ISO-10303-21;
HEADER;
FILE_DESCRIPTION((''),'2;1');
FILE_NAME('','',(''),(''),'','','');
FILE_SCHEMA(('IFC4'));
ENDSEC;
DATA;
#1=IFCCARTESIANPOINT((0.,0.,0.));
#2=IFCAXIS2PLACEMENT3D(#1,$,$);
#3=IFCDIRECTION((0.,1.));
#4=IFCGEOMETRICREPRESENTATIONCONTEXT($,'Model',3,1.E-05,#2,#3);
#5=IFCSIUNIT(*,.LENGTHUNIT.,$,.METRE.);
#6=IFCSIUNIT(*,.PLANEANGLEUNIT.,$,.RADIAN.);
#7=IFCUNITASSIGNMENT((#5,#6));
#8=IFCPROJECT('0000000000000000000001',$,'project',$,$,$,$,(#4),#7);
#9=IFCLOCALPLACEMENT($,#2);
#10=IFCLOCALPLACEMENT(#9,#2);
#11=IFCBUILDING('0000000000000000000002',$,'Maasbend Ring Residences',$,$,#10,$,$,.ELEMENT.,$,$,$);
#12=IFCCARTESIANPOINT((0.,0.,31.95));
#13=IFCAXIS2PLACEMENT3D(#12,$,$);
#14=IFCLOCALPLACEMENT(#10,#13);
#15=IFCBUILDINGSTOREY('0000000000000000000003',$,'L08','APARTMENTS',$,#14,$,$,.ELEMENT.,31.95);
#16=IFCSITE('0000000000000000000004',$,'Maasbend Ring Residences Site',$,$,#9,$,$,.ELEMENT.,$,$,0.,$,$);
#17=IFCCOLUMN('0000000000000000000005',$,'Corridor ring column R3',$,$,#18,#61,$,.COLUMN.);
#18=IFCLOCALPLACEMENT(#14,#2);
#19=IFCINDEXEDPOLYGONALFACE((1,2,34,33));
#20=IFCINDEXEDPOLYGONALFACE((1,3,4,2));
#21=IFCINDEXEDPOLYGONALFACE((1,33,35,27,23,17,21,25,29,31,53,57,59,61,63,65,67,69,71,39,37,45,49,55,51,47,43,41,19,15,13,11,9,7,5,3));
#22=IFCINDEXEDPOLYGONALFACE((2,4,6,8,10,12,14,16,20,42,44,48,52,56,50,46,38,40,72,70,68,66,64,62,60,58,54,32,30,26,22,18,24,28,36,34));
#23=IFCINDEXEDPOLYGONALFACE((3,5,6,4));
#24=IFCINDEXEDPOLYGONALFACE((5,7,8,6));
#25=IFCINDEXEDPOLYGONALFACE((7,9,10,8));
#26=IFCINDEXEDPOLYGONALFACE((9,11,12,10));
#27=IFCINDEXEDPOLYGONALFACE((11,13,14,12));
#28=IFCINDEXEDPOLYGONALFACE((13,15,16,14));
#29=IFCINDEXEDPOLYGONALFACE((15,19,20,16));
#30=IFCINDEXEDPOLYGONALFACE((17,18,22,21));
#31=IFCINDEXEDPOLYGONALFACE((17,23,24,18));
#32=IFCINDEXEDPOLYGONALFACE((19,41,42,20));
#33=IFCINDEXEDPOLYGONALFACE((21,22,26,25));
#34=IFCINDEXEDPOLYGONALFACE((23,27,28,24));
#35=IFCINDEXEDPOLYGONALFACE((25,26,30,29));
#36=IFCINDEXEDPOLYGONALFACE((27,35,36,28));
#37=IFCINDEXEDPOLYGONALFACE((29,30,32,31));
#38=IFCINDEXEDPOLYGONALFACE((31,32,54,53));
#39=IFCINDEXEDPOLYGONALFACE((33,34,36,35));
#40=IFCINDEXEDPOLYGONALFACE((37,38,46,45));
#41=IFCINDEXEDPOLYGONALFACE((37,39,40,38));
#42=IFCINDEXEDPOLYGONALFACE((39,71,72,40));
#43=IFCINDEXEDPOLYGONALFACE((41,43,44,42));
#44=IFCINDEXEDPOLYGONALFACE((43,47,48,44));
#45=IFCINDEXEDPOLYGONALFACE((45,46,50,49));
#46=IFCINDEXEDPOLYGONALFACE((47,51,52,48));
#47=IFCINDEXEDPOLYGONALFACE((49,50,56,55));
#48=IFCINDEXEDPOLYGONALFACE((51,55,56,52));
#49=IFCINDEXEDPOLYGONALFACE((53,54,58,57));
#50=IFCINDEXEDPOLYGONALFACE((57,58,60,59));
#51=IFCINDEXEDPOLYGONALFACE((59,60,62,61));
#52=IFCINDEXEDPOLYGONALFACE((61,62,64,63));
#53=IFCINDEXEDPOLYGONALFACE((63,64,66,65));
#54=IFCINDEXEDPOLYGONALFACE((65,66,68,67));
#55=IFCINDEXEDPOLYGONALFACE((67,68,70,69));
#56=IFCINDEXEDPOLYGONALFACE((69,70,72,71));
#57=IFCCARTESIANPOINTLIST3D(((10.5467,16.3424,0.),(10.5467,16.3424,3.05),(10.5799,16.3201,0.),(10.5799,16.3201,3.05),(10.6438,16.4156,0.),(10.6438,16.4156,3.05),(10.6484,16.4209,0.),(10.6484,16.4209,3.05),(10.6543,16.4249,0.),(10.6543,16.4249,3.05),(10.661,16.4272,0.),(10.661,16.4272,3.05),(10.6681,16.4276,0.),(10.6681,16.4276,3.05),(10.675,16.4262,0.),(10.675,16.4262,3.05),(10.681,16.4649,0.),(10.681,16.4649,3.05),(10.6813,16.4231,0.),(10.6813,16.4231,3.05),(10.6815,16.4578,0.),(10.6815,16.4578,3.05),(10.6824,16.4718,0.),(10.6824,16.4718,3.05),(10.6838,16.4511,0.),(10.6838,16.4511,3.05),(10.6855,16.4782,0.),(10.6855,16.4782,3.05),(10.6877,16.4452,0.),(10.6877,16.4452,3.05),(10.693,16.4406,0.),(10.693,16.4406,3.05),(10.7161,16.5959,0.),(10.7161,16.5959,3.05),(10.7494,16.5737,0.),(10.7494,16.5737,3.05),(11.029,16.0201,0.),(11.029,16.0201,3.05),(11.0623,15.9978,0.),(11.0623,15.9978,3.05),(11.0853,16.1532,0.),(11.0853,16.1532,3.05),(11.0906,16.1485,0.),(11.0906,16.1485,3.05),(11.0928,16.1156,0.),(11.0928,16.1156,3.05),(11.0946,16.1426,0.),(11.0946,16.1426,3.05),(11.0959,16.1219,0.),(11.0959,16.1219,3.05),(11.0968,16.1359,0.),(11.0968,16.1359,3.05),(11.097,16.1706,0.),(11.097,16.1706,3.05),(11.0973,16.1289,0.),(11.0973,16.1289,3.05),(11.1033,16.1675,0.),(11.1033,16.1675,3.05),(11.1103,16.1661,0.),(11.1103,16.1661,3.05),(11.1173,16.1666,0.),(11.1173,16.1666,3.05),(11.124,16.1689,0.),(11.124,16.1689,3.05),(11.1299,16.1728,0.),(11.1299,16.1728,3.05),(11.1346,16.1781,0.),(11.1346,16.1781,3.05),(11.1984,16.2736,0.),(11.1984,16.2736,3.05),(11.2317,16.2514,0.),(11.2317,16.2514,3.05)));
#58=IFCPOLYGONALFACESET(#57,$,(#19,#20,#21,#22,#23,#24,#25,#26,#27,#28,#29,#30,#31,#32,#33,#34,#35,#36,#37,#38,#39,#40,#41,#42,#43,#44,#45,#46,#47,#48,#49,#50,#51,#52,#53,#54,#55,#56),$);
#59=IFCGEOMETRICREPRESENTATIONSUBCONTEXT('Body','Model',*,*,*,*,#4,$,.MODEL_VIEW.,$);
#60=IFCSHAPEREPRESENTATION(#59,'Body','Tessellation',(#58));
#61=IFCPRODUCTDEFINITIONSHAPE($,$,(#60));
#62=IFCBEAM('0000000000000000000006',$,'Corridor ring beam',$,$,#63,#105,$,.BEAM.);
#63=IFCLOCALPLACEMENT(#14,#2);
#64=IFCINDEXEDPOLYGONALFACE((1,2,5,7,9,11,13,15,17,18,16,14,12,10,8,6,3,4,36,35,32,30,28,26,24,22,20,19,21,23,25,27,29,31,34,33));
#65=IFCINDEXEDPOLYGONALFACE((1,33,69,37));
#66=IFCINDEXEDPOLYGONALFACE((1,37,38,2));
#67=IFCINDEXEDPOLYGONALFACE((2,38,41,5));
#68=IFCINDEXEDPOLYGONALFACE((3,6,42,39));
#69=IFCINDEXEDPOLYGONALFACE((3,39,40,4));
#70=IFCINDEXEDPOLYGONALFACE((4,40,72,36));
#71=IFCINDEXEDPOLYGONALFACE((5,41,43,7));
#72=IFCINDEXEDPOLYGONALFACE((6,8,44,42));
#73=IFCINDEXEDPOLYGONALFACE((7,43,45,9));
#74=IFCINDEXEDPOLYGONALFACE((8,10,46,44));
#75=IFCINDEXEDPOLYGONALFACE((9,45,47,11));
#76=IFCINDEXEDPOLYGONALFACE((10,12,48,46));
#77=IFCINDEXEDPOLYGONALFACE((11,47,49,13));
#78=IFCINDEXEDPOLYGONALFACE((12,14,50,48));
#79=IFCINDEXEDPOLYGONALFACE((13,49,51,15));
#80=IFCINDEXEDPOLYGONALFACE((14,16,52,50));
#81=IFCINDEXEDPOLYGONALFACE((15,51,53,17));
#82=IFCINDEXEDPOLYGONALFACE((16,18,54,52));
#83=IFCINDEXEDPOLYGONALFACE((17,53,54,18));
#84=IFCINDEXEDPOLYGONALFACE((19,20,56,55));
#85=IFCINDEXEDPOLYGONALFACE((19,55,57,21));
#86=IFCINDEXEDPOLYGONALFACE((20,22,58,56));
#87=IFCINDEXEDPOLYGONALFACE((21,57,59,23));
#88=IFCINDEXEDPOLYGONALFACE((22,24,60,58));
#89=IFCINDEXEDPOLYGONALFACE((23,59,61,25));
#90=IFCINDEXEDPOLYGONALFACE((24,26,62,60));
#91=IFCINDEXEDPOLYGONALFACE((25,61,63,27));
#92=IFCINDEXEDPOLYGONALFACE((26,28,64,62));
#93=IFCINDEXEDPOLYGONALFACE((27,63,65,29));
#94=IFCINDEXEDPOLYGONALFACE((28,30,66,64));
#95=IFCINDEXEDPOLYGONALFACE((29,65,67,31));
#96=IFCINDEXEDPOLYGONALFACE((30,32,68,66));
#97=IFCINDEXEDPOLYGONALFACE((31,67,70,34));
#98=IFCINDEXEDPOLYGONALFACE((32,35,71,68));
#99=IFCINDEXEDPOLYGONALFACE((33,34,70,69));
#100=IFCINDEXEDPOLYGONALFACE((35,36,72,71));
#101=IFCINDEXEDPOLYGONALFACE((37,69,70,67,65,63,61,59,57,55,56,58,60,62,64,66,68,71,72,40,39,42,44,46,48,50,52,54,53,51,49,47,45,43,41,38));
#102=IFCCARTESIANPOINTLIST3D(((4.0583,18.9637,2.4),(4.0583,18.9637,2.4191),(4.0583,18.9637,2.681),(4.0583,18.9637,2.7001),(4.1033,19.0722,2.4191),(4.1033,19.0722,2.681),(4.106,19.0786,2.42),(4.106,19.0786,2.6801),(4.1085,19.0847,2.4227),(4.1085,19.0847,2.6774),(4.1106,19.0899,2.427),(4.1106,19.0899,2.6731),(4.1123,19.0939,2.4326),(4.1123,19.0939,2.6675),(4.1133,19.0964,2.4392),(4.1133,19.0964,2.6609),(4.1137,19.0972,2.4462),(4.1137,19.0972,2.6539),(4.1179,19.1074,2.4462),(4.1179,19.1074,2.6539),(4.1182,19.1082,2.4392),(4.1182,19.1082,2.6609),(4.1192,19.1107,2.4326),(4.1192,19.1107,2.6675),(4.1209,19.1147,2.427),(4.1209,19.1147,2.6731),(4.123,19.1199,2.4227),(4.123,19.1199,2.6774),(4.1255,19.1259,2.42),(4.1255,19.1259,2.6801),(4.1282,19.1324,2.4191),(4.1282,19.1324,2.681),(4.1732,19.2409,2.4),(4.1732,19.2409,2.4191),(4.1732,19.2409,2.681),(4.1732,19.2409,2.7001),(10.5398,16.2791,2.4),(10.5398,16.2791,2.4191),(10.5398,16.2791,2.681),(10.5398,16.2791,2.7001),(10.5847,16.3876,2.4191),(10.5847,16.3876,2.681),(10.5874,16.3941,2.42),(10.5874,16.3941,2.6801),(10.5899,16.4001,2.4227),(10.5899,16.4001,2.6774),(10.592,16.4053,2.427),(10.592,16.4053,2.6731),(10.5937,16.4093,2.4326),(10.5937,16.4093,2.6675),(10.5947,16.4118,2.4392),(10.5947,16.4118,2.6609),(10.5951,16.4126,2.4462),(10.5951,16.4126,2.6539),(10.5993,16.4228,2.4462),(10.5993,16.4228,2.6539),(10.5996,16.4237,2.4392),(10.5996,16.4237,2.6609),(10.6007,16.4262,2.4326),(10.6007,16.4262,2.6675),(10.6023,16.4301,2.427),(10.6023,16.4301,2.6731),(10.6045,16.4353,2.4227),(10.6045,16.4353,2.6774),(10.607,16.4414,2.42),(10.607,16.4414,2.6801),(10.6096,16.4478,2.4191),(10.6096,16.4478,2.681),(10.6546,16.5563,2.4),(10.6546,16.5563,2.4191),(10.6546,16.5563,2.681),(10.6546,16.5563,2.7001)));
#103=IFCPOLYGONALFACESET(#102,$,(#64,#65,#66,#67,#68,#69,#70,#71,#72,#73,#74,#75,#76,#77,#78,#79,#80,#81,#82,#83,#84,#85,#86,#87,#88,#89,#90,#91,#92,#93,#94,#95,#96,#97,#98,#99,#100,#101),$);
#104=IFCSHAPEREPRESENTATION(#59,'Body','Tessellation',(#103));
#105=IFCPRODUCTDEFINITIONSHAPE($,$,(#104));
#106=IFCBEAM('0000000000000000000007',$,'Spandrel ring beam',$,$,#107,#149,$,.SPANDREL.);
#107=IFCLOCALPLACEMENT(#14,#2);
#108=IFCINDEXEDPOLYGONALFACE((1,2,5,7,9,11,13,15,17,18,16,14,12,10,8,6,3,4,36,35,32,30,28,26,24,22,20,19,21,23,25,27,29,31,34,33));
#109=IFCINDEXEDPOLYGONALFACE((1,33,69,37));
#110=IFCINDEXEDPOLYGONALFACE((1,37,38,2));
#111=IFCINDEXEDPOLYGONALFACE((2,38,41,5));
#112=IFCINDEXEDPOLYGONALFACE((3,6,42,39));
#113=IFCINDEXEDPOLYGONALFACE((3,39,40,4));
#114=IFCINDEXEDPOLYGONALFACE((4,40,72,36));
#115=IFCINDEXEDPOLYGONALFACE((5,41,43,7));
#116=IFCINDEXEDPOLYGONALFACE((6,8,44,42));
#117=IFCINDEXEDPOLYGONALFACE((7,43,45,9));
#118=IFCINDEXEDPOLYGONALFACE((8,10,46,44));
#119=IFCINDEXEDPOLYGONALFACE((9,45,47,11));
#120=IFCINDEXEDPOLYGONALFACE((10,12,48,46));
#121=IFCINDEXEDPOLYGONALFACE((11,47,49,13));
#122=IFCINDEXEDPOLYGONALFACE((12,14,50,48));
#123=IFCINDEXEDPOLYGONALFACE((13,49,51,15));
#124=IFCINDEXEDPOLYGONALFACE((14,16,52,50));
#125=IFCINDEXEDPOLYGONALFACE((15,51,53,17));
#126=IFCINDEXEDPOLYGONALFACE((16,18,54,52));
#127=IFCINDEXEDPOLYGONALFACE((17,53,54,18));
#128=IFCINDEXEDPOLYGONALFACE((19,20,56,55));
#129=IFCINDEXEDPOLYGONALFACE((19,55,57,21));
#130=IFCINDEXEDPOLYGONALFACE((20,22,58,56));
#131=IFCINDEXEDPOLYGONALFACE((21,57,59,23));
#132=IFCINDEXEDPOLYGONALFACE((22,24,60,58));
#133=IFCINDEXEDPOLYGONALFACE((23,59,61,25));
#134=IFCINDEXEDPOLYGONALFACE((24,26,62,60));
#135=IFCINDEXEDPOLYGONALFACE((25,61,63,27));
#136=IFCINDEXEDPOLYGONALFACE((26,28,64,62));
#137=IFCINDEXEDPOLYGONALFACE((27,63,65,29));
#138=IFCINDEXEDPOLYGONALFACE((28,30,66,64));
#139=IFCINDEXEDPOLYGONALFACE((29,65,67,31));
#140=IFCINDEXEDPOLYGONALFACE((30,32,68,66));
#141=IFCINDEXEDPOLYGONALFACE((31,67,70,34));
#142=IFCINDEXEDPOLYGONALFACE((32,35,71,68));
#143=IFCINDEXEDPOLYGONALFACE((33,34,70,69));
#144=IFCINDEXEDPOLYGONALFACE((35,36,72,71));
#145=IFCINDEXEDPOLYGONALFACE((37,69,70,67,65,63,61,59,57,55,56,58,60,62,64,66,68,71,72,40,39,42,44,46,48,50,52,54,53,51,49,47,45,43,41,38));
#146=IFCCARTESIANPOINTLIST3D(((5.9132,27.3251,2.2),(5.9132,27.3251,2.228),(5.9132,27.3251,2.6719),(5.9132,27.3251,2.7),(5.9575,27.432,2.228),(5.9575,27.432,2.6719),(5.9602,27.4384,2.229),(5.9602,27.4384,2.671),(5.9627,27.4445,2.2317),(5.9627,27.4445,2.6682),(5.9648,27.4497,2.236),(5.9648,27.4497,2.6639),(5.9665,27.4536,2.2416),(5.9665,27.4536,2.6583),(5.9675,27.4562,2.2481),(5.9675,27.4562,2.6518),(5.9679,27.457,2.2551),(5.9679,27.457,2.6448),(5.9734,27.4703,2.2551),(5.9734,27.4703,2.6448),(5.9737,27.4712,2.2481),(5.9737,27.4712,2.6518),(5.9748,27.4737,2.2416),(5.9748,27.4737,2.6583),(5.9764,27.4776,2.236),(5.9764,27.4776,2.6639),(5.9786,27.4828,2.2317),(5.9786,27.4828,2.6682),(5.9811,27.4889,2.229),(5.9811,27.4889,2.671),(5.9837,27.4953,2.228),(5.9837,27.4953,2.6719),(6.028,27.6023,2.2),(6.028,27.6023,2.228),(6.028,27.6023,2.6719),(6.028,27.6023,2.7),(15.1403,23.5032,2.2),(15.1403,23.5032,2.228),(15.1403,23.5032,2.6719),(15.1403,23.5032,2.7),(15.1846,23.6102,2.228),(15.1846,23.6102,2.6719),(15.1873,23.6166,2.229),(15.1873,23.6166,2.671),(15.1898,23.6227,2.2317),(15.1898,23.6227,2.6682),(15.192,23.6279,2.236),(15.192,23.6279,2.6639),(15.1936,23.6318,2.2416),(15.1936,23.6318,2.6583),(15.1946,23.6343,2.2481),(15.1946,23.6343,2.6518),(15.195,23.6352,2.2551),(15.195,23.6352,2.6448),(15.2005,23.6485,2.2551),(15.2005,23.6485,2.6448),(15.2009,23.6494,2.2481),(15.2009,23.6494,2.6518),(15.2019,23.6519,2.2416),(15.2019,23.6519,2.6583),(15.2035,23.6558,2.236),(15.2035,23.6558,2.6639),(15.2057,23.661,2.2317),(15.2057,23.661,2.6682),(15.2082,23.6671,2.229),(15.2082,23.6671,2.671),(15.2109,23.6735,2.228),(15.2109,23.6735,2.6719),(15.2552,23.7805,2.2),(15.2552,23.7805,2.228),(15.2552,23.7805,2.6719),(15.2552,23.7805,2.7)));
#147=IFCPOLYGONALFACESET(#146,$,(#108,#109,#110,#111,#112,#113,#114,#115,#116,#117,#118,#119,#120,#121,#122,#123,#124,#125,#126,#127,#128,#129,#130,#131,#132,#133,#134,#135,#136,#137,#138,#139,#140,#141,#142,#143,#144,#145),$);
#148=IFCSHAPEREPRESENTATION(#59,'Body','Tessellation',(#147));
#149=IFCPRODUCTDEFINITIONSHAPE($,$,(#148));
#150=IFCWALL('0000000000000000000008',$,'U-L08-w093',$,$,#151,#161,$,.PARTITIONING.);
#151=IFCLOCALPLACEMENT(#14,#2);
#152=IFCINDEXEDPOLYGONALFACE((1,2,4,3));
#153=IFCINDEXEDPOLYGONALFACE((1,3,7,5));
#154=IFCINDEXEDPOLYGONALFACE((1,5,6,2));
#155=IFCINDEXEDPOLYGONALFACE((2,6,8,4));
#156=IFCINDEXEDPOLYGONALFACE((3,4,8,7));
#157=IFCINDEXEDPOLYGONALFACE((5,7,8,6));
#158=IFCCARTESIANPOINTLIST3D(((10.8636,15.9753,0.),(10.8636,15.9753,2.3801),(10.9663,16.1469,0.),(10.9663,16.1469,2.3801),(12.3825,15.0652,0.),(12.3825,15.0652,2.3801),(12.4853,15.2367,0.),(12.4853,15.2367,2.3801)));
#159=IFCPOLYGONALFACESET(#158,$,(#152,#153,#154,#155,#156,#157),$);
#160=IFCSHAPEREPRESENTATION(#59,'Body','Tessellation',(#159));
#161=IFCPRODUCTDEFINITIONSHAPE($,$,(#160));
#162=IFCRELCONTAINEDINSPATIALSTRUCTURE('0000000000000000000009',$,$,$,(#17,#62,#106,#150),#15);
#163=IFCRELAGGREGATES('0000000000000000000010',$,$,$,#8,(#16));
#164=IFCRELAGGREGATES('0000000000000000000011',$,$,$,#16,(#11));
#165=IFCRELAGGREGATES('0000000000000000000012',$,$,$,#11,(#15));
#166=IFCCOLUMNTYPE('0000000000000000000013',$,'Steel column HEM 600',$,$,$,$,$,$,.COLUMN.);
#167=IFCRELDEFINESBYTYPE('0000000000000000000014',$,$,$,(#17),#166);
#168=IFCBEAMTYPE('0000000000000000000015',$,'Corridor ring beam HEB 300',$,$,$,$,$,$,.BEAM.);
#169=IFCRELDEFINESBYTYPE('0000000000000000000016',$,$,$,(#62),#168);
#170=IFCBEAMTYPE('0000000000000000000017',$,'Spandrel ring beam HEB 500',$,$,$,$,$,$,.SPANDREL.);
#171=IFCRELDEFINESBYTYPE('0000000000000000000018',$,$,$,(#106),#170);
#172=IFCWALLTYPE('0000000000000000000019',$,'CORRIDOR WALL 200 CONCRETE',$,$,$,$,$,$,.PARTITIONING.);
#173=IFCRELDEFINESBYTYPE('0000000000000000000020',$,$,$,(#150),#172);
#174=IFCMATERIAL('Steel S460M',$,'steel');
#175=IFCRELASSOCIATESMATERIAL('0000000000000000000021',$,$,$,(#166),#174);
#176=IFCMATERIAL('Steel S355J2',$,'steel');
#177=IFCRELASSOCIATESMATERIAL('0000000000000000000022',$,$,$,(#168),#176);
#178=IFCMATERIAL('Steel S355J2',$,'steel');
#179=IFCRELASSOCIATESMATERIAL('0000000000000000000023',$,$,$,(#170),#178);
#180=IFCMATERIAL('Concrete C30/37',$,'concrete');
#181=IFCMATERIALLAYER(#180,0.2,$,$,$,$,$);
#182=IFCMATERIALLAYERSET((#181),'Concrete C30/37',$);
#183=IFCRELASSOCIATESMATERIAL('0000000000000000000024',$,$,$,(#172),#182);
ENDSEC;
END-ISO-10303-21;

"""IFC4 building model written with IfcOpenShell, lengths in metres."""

from ifc_helpers import new_model, si_unit, direction, frame, frame_2d, origin, origin_2d, place, context, subcontext, project, spatial, rectangle, i_section, extrude, material, layer, layer_set, material_profile, profile_set, type_object, element, save


model = new_model("IFC4")

# Units and contexts
model_context = context("Model", 3, precision=1e-05, world=origin(), true_north=direction((0.0, 1.0)))
body_context = subcontext(model_context, "Body", "Model", "MODEL_VIEW")
ifc_project = project(units=[si_unit("LENGTHUNIT", "METRE"), si_unit("PLANEANGLEUNIT", "RADIAN")], contexts=[model_context])

# Site, building, storey
site_placement = place(None, origin())
site = spatial("IfcSite", under=ifc_project, at=site_placement, Name="Maasbend Ring Residences Site", CompositionType="ELEMENT", RefElevation=0.0)
building_placement = place(site_placement, origin())
building = spatial("IfcBuilding", under=site, at=building_placement, Name="Maasbend Ring Residences", CompositionType="ELEMENT")
storey_placement = place(building_placement, frame((0.0, 0.0, 31.95)))
storey = spatial("IfcBuildingStorey", under=building, at=storey_placement, Name="L08", Description="APARTMENTS", CompositionType="ELEMENT", Elevation=31.95)

# Column
ifc_material_1 = material(Name="Steel S460M", Category="steel")
ifc_material_profile_1 = material_profile(ifc_material_1, i_section(OverallWidth=0.3049, OverallDepth=0.6201, WebThickness=0.021, FlangeThickness=0.04, FilletRadius=0.0271, at=origin_2d()), Name="HEM 600")
ifc_profile_set_1 = profile_set([ifc_material_profile_1], Name="Steel S460M")
column_type = type_object("IfcColumnType", Name="Steel column HEM 600", PredefinedType="COLUMN", material=ifc_profile_set_1)
column_placement = place(storey_placement, frame((10.8892, 16.2969, 0.0), z_axis=(0.0, 0.0, 1.0), x_axis=(0.55557, 0.83147, 0.0)))
element("IfcColumn", 1, at=column_placement, inside=storey, type_object=column_type, Name="Corridor ring column R3", PredefinedType="COLUMN", context=body_context, shape_type="SweptSolid", body=[
    extrude(i_section(OverallWidth=0.3049, OverallDepth=0.6201, WebThickness=0.021, FlangeThickness=0.04, FilletRadius=0.0271, at=origin_2d()), origin(), (0.0, 0.0, 1.0), 3.05),
])

# Beams
ifc_material_2 = material(Name="Steel S355J2", Category="steel")
ifc_material_profile_2 = material_profile(ifc_material_2, i_section(OverallWidth=0.3, OverallDepth=0.3, WebThickness=0.011, FlangeThickness=0.019, FilletRadius=0.0271, at=origin_2d()), Name="HEB 300")
ifc_profile_set_2 = profile_set([ifc_material_profile_2], Name="Steel S355J2")
beam_type_1 = type_object("IfcBeamType", Name="Corridor ring beam HEB 300", PredefinedType="BEAM", material=ifc_profile_set_2)
beam_1_placement = place(storey_placement, frame((10.5972, 16.4177, 2.55), z_axis=(-0.923886, 0.382667, 0.0), x_axis=(-0.382667, -0.923886, 0.0)))
element("IfcBeam", 2, at=beam_1_placement, inside=storey, type_object=beam_type_1, Name="Corridor ring beam", PredefinedType="BEAM", context=body_context, shape_type="SweptSolid", body=[
    extrude(i_section(OverallWidth=0.3, OverallDepth=0.3, WebThickness=0.011, FlangeThickness=0.019, FilletRadius=0.0271, at=origin_2d()), origin(), (0.0, 0.0, 1.0), 7.0154),
])
ifc_material_3 = material(Name="Steel S355J2", Category="steel")
ifc_material_profile_3 = material_profile(ifc_material_3, i_section(OverallWidth=0.3, OverallDepth=0.5, WebThickness=0.0144, FlangeThickness=0.0281, FilletRadius=0.0271, at=origin_2d()), Name="HEB 500")
ifc_profile_set_3 = profile_set([ifc_material_profile_3], Name="Steel S355J2")
beam_type_2 = type_object("IfcBeamType", Name="Spandrel ring beam HEB 500", PredefinedType="SPANDREL", material=ifc_profile_set_3)
beam_2_placement = place(storey_placement, frame((15.1978, 23.6418, 2.45), z_axis=(-0.923886, 0.382667, 0.0), x_axis=(-0.382667, -0.923886, 0.0)))
element("IfcBeam", 3, at=beam_2_placement, inside=storey, type_object=beam_type_2, Name="Spandrel ring beam", PredefinedType="SPANDREL", context=body_context, shape_type="SweptSolid", body=[
    extrude(i_section(OverallWidth=0.3, OverallDepth=0.5, WebThickness=0.0144, FlangeThickness=0.0281, FilletRadius=0.0271, at=origin_2d()), origin(), (0.0, 0.0, 1.0), 9.9873),
])

# Wall
ifc_material_4 = material(Name="Concrete C30/37", Category="concrete")
ifc_layer_1 = layer(ifc_material_4, 0.2)
ifc_layer_set_1 = layer_set([ifc_layer_1], Name="Concrete C30/37")
wall_type_1 = type_object("IfcWallType", Name="CORRIDOR WALL 200 CONCRETE", PredefinedType="PARTITIONING", material=ifc_layer_set_1)
wall_1_placement = place(storey_placement, frame((10.915, 16.061, 0.0), z_axis=(0.0, 0.0, 1.0), x_axis=(0.857809, -0.513969, 0.0)))
element("IfcWall", 4, at=wall_1_placement, inside=storey, type_object=wall_type_1, Name="U-L08-w093", PredefinedType="PARTITIONING", context=body_context, shape_type="SweptSolid", body=[
    extrude(rectangle(XDim=1.7708, YDim=0.2, at=frame_2d((0.8853, 0.0))), origin(), (0.0, 0.0, 1.0), 2.3801),
])

save(model, "model.ifc")
